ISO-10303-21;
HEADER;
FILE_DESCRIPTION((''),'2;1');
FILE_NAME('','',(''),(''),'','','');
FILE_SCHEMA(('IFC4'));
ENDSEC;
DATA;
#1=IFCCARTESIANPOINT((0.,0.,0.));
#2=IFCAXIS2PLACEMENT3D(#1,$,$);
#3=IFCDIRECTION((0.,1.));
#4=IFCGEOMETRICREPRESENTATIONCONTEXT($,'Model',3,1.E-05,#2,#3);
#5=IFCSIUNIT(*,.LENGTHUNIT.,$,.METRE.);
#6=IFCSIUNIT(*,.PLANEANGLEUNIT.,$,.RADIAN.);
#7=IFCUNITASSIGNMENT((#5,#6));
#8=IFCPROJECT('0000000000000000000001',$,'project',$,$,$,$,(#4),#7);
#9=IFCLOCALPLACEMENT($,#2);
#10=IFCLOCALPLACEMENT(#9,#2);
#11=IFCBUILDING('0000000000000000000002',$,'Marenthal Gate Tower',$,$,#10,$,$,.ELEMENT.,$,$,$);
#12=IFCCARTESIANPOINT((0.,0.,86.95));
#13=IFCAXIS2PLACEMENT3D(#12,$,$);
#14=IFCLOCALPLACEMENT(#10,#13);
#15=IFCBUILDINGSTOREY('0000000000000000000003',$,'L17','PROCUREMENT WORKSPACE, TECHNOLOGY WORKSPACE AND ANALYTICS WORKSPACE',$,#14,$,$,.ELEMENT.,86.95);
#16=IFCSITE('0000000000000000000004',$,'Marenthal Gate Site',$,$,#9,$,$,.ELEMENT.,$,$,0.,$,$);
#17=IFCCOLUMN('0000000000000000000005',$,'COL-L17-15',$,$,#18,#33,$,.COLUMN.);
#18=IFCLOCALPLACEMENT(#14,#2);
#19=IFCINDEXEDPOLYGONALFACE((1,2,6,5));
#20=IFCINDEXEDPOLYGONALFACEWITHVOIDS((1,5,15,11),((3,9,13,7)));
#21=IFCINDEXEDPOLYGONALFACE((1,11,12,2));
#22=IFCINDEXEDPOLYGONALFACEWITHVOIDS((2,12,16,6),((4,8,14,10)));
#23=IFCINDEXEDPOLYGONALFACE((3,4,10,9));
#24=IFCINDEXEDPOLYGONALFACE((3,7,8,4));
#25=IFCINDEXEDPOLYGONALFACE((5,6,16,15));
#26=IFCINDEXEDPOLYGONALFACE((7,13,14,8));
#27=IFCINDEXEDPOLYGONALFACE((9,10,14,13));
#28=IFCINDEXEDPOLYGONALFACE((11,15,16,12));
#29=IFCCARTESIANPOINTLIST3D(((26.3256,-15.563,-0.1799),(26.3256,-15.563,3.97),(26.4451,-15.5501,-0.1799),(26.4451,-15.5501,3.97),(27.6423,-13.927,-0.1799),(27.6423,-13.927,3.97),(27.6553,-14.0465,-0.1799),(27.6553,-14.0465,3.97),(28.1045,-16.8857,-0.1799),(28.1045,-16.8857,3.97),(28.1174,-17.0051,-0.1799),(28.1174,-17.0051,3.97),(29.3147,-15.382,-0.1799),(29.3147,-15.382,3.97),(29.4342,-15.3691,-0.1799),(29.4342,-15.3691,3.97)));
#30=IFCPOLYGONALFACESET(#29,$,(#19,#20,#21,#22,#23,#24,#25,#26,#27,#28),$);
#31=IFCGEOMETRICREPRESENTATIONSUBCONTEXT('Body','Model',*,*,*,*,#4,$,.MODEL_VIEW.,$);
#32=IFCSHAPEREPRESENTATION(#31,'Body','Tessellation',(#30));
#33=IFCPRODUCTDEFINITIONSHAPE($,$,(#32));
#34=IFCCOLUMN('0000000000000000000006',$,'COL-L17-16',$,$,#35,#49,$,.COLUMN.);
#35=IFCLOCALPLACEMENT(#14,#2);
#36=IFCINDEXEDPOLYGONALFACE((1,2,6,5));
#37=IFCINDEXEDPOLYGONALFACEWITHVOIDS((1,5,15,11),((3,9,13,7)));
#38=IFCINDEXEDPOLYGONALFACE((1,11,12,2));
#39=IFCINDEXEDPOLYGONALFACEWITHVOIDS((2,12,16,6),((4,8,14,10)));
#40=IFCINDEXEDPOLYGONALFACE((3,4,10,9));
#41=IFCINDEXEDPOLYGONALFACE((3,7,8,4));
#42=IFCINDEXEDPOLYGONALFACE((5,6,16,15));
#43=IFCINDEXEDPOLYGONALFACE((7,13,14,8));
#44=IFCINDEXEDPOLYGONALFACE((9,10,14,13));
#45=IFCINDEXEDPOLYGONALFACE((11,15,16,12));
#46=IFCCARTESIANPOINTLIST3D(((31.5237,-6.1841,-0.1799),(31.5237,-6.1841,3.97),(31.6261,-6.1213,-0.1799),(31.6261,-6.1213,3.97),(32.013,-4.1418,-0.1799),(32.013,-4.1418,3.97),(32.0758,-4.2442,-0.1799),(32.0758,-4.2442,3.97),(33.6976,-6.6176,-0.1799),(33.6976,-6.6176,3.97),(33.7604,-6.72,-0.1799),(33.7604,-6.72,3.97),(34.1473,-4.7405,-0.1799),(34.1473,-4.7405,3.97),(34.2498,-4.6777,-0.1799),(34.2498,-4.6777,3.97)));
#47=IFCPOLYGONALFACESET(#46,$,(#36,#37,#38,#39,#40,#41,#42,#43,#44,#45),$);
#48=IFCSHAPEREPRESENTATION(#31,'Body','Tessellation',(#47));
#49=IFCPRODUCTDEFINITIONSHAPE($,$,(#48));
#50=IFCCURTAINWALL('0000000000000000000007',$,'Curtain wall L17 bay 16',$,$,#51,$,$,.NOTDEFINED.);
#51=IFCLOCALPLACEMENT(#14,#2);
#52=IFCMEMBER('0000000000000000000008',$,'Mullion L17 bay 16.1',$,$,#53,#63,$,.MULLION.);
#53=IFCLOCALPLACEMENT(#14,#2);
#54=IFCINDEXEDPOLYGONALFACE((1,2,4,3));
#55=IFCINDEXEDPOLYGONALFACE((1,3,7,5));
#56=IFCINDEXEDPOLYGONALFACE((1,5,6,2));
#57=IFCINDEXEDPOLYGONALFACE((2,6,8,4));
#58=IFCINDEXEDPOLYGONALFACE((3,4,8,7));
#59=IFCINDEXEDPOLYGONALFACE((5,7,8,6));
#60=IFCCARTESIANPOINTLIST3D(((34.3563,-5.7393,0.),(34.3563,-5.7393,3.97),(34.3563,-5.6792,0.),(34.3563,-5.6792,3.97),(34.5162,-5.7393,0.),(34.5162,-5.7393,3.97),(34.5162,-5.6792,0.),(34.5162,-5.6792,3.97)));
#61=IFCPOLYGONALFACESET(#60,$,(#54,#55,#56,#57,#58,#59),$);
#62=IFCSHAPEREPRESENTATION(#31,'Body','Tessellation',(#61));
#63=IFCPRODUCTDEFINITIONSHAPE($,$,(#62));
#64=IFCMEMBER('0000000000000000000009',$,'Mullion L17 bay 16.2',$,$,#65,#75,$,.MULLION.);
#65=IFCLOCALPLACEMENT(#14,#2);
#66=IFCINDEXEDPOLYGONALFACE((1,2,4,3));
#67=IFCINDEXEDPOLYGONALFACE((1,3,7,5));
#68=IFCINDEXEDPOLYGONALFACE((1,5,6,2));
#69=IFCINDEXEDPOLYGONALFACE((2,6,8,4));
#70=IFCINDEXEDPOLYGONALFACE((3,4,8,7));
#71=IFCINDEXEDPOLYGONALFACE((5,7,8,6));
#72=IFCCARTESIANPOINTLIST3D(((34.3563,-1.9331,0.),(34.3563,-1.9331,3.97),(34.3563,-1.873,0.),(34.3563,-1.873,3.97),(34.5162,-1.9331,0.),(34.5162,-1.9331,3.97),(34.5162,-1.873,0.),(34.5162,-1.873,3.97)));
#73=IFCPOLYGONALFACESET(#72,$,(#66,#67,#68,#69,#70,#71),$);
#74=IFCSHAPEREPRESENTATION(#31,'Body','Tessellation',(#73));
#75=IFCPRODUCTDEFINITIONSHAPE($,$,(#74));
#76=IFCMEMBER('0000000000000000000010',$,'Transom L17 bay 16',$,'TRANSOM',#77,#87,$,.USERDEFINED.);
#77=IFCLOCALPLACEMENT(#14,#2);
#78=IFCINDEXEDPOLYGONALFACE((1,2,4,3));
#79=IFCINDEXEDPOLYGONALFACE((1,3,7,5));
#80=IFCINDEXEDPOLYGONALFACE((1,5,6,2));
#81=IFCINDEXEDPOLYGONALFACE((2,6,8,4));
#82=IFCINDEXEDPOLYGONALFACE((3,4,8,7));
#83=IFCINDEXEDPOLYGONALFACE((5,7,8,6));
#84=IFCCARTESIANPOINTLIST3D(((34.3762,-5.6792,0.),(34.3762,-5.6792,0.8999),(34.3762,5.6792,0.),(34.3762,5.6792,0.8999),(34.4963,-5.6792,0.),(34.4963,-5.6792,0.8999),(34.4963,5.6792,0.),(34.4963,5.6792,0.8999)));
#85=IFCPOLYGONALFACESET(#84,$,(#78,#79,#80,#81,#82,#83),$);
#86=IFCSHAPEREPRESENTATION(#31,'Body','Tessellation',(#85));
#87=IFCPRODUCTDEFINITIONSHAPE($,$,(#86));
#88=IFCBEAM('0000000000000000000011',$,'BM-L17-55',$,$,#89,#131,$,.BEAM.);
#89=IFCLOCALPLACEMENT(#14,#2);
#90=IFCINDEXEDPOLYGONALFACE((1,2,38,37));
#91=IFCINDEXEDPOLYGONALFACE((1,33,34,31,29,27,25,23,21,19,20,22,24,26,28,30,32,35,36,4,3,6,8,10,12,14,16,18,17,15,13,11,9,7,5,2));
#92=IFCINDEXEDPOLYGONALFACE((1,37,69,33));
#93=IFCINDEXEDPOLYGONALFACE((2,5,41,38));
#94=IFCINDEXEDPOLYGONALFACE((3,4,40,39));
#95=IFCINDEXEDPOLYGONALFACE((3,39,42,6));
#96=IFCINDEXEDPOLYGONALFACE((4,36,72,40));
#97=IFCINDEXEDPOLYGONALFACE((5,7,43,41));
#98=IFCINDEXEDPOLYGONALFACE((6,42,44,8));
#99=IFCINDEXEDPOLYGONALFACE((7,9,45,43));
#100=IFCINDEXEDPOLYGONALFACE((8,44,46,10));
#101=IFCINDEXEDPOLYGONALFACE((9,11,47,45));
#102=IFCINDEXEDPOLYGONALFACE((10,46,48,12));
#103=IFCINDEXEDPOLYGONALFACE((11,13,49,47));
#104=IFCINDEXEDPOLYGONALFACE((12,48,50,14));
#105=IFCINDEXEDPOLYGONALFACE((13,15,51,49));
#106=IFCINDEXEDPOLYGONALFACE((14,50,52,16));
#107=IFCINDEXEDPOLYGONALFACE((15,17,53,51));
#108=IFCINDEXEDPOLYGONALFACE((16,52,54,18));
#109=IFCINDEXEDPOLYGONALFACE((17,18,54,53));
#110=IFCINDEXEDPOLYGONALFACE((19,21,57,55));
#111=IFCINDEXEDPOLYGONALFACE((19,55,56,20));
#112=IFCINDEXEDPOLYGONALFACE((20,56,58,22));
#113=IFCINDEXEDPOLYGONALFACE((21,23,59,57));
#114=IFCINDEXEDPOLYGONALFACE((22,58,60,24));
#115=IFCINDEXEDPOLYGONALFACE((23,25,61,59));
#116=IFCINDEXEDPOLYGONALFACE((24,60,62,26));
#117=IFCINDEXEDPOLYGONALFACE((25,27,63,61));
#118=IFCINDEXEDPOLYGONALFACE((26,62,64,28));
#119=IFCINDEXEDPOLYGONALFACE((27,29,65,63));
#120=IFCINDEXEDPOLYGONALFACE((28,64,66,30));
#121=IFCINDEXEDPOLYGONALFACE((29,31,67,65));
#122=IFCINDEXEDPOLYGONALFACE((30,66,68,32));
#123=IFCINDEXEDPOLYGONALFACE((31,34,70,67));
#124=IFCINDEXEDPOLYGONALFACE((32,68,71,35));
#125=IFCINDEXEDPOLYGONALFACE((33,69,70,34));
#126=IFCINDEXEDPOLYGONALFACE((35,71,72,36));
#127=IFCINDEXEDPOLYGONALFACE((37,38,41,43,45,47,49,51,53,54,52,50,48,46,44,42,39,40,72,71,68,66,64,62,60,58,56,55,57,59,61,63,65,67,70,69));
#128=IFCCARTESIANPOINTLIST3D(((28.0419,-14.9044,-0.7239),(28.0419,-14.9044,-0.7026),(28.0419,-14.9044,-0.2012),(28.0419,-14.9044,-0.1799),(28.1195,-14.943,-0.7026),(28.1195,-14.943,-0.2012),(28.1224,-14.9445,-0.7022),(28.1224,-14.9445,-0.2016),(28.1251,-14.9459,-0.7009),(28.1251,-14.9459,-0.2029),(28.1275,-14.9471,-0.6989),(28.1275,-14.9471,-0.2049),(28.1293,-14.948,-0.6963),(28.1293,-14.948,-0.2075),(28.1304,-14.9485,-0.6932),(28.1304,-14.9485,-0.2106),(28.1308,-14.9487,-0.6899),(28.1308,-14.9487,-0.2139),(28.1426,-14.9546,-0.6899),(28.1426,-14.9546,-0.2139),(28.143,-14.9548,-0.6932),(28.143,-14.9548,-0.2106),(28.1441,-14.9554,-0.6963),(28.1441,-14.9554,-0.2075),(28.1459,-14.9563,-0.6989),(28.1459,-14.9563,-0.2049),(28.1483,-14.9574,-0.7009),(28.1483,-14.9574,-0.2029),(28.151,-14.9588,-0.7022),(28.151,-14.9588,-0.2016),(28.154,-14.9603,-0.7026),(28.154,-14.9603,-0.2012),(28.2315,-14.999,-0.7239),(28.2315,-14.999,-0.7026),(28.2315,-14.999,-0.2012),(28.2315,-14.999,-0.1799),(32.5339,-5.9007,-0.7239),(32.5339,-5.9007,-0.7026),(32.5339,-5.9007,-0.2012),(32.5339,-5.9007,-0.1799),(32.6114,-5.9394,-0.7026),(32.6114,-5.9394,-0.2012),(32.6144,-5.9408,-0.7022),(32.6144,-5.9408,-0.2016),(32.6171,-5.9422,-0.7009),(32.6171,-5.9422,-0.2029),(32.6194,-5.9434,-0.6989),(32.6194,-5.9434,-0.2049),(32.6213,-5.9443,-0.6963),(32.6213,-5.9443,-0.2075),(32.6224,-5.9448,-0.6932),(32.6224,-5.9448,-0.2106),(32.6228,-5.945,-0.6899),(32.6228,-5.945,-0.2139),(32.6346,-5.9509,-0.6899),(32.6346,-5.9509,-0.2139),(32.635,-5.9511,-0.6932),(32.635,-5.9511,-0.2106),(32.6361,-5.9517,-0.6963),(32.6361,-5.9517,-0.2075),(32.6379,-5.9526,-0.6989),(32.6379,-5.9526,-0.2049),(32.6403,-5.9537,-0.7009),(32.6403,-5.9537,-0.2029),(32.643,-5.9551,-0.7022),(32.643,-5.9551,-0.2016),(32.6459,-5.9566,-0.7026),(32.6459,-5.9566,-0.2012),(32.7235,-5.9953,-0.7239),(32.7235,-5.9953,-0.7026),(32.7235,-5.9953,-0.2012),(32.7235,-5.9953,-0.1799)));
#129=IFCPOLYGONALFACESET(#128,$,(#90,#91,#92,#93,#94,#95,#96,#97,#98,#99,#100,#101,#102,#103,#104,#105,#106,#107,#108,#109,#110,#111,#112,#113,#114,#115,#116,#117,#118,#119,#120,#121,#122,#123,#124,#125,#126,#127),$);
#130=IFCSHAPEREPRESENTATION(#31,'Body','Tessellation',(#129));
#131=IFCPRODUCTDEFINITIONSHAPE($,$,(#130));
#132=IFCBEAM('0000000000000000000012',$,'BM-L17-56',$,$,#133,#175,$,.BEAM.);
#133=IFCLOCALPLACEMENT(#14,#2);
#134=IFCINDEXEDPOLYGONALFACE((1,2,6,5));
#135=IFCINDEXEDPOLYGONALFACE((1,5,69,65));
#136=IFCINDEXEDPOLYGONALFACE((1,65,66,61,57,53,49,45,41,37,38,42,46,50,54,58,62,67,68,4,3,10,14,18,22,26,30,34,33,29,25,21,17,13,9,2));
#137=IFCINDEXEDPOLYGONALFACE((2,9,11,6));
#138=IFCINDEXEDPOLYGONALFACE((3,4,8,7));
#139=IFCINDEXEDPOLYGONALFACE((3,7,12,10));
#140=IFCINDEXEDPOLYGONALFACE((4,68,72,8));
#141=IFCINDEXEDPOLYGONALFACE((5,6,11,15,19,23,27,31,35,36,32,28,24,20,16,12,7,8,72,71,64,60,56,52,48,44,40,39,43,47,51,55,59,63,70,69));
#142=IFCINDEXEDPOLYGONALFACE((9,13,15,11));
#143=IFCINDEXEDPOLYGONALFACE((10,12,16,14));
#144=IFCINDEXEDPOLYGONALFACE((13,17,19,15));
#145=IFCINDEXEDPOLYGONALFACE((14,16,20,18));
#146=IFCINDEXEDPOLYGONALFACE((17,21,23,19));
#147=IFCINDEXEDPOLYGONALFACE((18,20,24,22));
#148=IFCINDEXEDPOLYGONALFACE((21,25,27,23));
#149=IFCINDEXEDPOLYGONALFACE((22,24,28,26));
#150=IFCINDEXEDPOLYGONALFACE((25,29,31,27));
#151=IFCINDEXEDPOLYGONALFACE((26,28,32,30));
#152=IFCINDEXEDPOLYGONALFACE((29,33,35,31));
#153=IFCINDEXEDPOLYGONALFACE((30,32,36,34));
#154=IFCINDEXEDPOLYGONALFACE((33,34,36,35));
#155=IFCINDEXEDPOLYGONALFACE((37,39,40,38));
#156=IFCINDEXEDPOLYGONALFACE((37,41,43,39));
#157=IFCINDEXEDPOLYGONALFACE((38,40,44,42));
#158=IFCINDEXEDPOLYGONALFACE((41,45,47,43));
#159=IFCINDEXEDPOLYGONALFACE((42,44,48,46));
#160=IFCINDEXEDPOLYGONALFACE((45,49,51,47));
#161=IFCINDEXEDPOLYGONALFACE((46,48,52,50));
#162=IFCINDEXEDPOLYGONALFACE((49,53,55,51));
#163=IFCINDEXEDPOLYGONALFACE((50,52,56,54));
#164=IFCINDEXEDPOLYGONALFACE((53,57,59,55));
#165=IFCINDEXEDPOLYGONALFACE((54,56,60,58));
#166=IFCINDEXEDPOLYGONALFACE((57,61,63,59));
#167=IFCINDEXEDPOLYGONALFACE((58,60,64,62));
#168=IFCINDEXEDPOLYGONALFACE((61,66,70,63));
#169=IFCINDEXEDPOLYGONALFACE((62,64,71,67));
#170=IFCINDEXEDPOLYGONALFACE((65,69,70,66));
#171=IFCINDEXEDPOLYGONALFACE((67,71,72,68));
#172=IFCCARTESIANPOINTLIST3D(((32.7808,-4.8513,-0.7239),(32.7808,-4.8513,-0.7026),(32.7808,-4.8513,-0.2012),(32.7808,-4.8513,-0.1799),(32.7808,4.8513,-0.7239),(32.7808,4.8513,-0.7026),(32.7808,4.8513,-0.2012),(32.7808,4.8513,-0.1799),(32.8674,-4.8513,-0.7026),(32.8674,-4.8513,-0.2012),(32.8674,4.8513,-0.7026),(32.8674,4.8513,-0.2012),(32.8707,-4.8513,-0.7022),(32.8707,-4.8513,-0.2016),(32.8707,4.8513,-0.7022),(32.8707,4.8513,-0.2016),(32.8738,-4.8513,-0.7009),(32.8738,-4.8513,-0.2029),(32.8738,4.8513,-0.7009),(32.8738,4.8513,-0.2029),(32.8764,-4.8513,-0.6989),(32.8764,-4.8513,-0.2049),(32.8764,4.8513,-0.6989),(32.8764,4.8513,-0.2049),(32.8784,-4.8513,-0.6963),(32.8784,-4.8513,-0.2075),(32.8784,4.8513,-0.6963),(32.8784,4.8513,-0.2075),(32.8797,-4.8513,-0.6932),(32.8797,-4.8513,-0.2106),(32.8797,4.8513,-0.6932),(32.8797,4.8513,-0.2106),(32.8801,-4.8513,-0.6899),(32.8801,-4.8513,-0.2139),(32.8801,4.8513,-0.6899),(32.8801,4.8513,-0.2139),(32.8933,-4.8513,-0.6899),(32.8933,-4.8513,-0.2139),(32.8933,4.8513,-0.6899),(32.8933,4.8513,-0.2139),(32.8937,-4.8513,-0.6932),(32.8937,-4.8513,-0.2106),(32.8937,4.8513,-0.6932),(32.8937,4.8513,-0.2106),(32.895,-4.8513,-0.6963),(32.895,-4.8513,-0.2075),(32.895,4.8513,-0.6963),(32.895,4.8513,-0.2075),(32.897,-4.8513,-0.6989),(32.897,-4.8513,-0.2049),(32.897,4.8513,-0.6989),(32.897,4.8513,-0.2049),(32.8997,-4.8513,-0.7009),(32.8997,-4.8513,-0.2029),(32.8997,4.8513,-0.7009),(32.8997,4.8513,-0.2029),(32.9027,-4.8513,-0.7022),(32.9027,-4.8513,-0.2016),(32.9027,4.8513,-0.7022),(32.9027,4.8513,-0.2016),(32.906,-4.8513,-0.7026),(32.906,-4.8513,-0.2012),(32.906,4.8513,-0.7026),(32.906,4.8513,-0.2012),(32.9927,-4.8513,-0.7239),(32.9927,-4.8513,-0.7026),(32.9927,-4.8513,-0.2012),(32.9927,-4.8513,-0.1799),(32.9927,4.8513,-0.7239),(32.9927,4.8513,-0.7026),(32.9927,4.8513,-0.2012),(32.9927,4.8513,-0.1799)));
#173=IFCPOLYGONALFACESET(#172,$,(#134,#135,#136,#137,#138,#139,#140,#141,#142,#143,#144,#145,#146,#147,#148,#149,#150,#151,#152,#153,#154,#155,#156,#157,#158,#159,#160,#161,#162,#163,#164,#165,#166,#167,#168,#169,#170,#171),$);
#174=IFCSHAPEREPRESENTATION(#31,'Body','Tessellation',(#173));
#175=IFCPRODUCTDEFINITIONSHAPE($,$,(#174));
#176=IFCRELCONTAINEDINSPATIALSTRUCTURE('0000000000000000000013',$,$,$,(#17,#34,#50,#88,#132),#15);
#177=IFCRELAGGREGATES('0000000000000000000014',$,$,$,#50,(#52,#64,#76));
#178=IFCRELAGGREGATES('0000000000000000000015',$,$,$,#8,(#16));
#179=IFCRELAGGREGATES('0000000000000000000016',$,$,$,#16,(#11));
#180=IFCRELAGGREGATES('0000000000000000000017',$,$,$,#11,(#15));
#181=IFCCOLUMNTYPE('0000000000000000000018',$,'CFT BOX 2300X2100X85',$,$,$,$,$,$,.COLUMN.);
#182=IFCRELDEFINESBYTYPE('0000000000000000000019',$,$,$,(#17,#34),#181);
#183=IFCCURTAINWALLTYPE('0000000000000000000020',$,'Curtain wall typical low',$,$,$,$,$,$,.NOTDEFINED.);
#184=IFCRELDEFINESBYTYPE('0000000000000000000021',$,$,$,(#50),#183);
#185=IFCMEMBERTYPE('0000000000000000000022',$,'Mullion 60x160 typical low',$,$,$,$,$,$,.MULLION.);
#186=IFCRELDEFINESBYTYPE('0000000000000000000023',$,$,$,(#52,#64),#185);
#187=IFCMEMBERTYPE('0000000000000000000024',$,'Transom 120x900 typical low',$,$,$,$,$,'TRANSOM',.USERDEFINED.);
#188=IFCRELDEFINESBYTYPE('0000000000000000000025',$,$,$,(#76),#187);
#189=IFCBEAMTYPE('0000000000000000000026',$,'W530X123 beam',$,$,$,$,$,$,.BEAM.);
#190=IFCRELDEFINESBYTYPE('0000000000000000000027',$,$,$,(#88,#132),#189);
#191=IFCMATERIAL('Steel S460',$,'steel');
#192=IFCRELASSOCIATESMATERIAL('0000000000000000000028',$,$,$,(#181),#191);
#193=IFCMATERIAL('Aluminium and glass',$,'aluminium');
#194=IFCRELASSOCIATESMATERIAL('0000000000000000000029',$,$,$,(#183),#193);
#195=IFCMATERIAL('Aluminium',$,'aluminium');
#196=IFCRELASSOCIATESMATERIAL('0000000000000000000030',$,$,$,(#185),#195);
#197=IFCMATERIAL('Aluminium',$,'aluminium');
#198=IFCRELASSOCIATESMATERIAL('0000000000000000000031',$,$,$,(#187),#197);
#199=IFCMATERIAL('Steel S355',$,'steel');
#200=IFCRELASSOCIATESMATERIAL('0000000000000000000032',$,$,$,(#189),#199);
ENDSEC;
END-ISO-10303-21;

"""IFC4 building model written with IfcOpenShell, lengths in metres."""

from ifc_helpers import new_model, si_unit, direction, frame, origin, origin_2d, place, context, subcontext, project, spatial, rectangle, hollow_rectangle, i_section, extrude, material, material_profile, profile_set, type_object, element, aggregate, save


model = new_model("IFC4")

# Units and contexts
model_context = context("Model", 3, precision=1e-05, world=origin(), true_north=direction((0.0, 1.0)))
body_context = subcontext(model_context, "Body", "Model", "MODEL_VIEW")
ifc_project = project(units=[si_unit("LENGTHUNIT", "METRE"), si_unit("PLANEANGLEUNIT", "RADIAN")], contexts=[model_context])

# Site, building, storey
site_placement = place(None, origin())
site = spatial("IfcSite", under=ifc_project, at=site_placement, Name="Marenthal Gate Site", CompositionType="ELEMENT", RefElevation=0.0)
building_placement = place(site_placement, origin())
building = spatial("IfcBuilding", under=site, at=building_placement, Name="Marenthal Gate Tower", CompositionType="ELEMENT")
storey_placement = place(building_placement, frame((0.0, 0.0, 86.95)))
storey = spatial("IfcBuildingStorey", under=building, at=storey_placement, Name="L17", Description="PROCUREMENT WORKSPACE, TECHNOLOGY WORKSPACE AND ANALYTICS WORKSPACE", CompositionType="ELEMENT", Elevation=86.95)

# Columns
ifc_material_1 = material(Name="Steel S460", Category="steel")
ifc_material_profile_1 = material_profile(ifc_material_1, hollow_rectangle(XDim=2.1001, YDim=2.3, WallThickness=0.085, at=origin_2d()), Name="CFT BOX 2300X2100X85")
ifc_material_2 = material(Name="Concrete 70 MPa", Category="concrete")
ifc_material_profile_2 = material_profile(ifc_material_2, rectangle(XDim=1.9299, YDim=2.1299, at=origin_2d()), Name="CFT BOX 2300X2100X85 INFILL")
ifc_profile_set_1 = profile_set([ifc_material_profile_1, ifc_material_profile_2], Name="Steel S460 shell, Concrete 70 MPa infill")
column_type = type_object("IfcColumnType", Name="CFT BOX 2300X2100X85", PredefinedType="COLUMN", material=ifc_profile_set_1)
for number, where, z_axis, x_axis, name in (
    (1, (27.8799, -15.4661, -0.1799), (0.0, 0.0, 1.0), (-0.626985, -0.779032, 0.0), "COL-L17-15"),
    (2, (32.8867, -5.4309, -0.1799), (0.0, 0.0, 1.0), (-0.232997, -0.972477, 0.0), "COL-L17-16"),
):
    element("IfcColumn", number, at=place(storey_placement, frame(where, z_axis=z_axis, x_axis=x_axis)), inside=storey, type_object=column_type, Name=name, PredefinedType="COLUMN", context=body_context, shape_type="SweptSolid", body=[
        extrude(hollow_rectangle(XDim=2.1001, YDim=2.3, WallThickness=0.085, at=origin_2d()), origin(), (0.0, 0.0, 1.0), 4.1499),
    ])

# Curtain wall, members
ifc_material_3 = material(Name="Aluminium and glass", Category="aluminium")
curtain_wall_type = type_object("IfcCurtainWallType", Name="Curtain wall typical low", PredefinedType="NOTDEFINED", material=ifc_material_3)
curtain_wall_placement = place(storey_placement, origin())
curtain_wall = element("IfcCurtainWall", 3, at=curtain_wall_placement, inside=storey, type_object=curtain_wall_type, Name="Curtain wall L17 bay 16", PredefinedType="NOTDEFINED")
ifc_material_4 = material(Name="Aluminium", Category="aluminium")
ifc_material_profile_3 = material_profile(ifc_material_4, rectangle(XDim=0.1599, YDim=0.0601, at=origin_2d()), Name="60x160 aluminium mullion")
ifc_profile_set_2 = profile_set([ifc_material_profile_3], Name="Aluminium")
member_type_1 = type_object("IfcMemberType", Name="Mullion 60x160 typical low", PredefinedType="MULLION", material=ifc_profile_set_2)
member_1_placement = place(storey_placement, frame((34.4363, -5.7092, 0.0), z_axis=(0.0, 0.0, 1.0), x_axis=(-1.0, 0.0, 0.0)))
member_1 = element("IfcMember", 4, at=member_1_placement, type_object=member_type_1, Name="Mullion L17 bay 16.1", PredefinedType="MULLION", context=body_context, shape_type="SweptSolid", body=[
    extrude(rectangle(XDim=0.1599, YDim=0.0601, at=origin_2d()), origin(), (0.0, 0.0, 1.0), 3.97),
])
member_2_placement = place(storey_placement, frame((34.4363, -1.9031, 0.0), z_axis=(0.0, 0.0, 1.0), x_axis=(-1.0, 0.0, 0.0)))
member_2 = element("IfcMember", 5, at=member_2_placement, type_object=member_type_1, Name="Mullion L17 bay 16.2", PredefinedType="MULLION", context=body_context, shape_type="SweptSolid", body=[
    extrude(rectangle(XDim=0.1599, YDim=0.0601, at=origin_2d()), origin(), (0.0, 0.0, 1.0), 3.97),
])
ifc_material_5 = material(Name="Aluminium", Category="aluminium")
ifc_material_profile_4 = material_profile(ifc_material_5, rectangle(XDim=0.1201, YDim=0.8999, at=origin_2d()), Name="120x900 aluminium transom")
ifc_profile_set_3 = profile_set([ifc_material_profile_4], Name="Aluminium")
member_type_2 = type_object("IfcMemberType", Name="Transom 120x900 typical low", ElementType="TRANSOM", PredefinedType="USERDEFINED", material=ifc_profile_set_3)
member_3_placement = place(storey_placement, frame((34.4363, -5.6792, 0.45), z_axis=(0.0, 1.0, 0.0), x_axis=(-1.0, 0.0, 0.0)))
member_3 = element("IfcMember", 6, at=member_3_placement, type_object=member_type_2, Name="Transom L17 bay 16", ObjectType="TRANSOM", PredefinedType="USERDEFINED", context=body_context, shape_type="SweptSolid", body=[
    extrude(rectangle(XDim=0.1201, YDim=0.8999, at=origin_2d()), origin(), (0.0, 0.0, 1.0), 11.3584),
])

# Beams
ifc_material_6 = material(Name="Steel S355", Category="steel")
ifc_material_profile_5 = material_profile(ifc_material_6, i_section(OverallWidth=0.2119, OverallDepth=0.5439, WebThickness=0.0132, FlangeThickness=0.0212, FilletRadius=0.0127, at=origin_2d()), Name="W530X123")
ifc_profile_set_4 = profile_set([ifc_material_profile_5], Name="Steel S355")
beam_type_1 = type_object("IfcBeamType", Name="W530X123 beam", PredefinedType="BEAM", material=ifc_profile_set_4)
beam_1_placement = place(storey_placement, frame((28.1367, -14.9517, -0.4519), z_axis=(0.446427, 0.89482, 0.0), x_axis=(-0.89482, 0.446427, 0.0)))
element("IfcBeam", 7, at=beam_1_placement, inside=storey, type_object=beam_type_1, Name="BM-L17-55", PredefinedType="BEAM", context=body_context, shape_type="SweptSolid", body=[
    extrude(i_section(OverallWidth=0.2119, OverallDepth=0.5439, WebThickness=0.0132, FlangeThickness=0.0212, FilletRadius=0.0127, at=origin_2d()), origin(), (0.0, 0.0, 1.0), 10.062),
])
beam_2_placement = place(storey_placement, frame((32.8867, -4.8513, -0.4519), z_axis=(0.0, 1.0, 0.0), x_axis=(-1.0, 0.0, 0.0)))
element("IfcBeam", 8, at=beam_2_placement, inside=storey, type_object=beam_type_1, Name="BM-L17-56", PredefinedType="BEAM", context=body_context, shape_type="SweptSolid", body=[
    extrude(i_section(OverallWidth=0.2119, OverallDepth=0.5439, WebThickness=0.0132, FlangeThickness=0.0212, FilletRadius=0.0127, at=origin_2d()), origin(), (0.0, 0.0, 1.0), 9.7026),
])

aggregate(curtain_wall, [member_1, member_2, member_3])

save(model, "model.ifc")
